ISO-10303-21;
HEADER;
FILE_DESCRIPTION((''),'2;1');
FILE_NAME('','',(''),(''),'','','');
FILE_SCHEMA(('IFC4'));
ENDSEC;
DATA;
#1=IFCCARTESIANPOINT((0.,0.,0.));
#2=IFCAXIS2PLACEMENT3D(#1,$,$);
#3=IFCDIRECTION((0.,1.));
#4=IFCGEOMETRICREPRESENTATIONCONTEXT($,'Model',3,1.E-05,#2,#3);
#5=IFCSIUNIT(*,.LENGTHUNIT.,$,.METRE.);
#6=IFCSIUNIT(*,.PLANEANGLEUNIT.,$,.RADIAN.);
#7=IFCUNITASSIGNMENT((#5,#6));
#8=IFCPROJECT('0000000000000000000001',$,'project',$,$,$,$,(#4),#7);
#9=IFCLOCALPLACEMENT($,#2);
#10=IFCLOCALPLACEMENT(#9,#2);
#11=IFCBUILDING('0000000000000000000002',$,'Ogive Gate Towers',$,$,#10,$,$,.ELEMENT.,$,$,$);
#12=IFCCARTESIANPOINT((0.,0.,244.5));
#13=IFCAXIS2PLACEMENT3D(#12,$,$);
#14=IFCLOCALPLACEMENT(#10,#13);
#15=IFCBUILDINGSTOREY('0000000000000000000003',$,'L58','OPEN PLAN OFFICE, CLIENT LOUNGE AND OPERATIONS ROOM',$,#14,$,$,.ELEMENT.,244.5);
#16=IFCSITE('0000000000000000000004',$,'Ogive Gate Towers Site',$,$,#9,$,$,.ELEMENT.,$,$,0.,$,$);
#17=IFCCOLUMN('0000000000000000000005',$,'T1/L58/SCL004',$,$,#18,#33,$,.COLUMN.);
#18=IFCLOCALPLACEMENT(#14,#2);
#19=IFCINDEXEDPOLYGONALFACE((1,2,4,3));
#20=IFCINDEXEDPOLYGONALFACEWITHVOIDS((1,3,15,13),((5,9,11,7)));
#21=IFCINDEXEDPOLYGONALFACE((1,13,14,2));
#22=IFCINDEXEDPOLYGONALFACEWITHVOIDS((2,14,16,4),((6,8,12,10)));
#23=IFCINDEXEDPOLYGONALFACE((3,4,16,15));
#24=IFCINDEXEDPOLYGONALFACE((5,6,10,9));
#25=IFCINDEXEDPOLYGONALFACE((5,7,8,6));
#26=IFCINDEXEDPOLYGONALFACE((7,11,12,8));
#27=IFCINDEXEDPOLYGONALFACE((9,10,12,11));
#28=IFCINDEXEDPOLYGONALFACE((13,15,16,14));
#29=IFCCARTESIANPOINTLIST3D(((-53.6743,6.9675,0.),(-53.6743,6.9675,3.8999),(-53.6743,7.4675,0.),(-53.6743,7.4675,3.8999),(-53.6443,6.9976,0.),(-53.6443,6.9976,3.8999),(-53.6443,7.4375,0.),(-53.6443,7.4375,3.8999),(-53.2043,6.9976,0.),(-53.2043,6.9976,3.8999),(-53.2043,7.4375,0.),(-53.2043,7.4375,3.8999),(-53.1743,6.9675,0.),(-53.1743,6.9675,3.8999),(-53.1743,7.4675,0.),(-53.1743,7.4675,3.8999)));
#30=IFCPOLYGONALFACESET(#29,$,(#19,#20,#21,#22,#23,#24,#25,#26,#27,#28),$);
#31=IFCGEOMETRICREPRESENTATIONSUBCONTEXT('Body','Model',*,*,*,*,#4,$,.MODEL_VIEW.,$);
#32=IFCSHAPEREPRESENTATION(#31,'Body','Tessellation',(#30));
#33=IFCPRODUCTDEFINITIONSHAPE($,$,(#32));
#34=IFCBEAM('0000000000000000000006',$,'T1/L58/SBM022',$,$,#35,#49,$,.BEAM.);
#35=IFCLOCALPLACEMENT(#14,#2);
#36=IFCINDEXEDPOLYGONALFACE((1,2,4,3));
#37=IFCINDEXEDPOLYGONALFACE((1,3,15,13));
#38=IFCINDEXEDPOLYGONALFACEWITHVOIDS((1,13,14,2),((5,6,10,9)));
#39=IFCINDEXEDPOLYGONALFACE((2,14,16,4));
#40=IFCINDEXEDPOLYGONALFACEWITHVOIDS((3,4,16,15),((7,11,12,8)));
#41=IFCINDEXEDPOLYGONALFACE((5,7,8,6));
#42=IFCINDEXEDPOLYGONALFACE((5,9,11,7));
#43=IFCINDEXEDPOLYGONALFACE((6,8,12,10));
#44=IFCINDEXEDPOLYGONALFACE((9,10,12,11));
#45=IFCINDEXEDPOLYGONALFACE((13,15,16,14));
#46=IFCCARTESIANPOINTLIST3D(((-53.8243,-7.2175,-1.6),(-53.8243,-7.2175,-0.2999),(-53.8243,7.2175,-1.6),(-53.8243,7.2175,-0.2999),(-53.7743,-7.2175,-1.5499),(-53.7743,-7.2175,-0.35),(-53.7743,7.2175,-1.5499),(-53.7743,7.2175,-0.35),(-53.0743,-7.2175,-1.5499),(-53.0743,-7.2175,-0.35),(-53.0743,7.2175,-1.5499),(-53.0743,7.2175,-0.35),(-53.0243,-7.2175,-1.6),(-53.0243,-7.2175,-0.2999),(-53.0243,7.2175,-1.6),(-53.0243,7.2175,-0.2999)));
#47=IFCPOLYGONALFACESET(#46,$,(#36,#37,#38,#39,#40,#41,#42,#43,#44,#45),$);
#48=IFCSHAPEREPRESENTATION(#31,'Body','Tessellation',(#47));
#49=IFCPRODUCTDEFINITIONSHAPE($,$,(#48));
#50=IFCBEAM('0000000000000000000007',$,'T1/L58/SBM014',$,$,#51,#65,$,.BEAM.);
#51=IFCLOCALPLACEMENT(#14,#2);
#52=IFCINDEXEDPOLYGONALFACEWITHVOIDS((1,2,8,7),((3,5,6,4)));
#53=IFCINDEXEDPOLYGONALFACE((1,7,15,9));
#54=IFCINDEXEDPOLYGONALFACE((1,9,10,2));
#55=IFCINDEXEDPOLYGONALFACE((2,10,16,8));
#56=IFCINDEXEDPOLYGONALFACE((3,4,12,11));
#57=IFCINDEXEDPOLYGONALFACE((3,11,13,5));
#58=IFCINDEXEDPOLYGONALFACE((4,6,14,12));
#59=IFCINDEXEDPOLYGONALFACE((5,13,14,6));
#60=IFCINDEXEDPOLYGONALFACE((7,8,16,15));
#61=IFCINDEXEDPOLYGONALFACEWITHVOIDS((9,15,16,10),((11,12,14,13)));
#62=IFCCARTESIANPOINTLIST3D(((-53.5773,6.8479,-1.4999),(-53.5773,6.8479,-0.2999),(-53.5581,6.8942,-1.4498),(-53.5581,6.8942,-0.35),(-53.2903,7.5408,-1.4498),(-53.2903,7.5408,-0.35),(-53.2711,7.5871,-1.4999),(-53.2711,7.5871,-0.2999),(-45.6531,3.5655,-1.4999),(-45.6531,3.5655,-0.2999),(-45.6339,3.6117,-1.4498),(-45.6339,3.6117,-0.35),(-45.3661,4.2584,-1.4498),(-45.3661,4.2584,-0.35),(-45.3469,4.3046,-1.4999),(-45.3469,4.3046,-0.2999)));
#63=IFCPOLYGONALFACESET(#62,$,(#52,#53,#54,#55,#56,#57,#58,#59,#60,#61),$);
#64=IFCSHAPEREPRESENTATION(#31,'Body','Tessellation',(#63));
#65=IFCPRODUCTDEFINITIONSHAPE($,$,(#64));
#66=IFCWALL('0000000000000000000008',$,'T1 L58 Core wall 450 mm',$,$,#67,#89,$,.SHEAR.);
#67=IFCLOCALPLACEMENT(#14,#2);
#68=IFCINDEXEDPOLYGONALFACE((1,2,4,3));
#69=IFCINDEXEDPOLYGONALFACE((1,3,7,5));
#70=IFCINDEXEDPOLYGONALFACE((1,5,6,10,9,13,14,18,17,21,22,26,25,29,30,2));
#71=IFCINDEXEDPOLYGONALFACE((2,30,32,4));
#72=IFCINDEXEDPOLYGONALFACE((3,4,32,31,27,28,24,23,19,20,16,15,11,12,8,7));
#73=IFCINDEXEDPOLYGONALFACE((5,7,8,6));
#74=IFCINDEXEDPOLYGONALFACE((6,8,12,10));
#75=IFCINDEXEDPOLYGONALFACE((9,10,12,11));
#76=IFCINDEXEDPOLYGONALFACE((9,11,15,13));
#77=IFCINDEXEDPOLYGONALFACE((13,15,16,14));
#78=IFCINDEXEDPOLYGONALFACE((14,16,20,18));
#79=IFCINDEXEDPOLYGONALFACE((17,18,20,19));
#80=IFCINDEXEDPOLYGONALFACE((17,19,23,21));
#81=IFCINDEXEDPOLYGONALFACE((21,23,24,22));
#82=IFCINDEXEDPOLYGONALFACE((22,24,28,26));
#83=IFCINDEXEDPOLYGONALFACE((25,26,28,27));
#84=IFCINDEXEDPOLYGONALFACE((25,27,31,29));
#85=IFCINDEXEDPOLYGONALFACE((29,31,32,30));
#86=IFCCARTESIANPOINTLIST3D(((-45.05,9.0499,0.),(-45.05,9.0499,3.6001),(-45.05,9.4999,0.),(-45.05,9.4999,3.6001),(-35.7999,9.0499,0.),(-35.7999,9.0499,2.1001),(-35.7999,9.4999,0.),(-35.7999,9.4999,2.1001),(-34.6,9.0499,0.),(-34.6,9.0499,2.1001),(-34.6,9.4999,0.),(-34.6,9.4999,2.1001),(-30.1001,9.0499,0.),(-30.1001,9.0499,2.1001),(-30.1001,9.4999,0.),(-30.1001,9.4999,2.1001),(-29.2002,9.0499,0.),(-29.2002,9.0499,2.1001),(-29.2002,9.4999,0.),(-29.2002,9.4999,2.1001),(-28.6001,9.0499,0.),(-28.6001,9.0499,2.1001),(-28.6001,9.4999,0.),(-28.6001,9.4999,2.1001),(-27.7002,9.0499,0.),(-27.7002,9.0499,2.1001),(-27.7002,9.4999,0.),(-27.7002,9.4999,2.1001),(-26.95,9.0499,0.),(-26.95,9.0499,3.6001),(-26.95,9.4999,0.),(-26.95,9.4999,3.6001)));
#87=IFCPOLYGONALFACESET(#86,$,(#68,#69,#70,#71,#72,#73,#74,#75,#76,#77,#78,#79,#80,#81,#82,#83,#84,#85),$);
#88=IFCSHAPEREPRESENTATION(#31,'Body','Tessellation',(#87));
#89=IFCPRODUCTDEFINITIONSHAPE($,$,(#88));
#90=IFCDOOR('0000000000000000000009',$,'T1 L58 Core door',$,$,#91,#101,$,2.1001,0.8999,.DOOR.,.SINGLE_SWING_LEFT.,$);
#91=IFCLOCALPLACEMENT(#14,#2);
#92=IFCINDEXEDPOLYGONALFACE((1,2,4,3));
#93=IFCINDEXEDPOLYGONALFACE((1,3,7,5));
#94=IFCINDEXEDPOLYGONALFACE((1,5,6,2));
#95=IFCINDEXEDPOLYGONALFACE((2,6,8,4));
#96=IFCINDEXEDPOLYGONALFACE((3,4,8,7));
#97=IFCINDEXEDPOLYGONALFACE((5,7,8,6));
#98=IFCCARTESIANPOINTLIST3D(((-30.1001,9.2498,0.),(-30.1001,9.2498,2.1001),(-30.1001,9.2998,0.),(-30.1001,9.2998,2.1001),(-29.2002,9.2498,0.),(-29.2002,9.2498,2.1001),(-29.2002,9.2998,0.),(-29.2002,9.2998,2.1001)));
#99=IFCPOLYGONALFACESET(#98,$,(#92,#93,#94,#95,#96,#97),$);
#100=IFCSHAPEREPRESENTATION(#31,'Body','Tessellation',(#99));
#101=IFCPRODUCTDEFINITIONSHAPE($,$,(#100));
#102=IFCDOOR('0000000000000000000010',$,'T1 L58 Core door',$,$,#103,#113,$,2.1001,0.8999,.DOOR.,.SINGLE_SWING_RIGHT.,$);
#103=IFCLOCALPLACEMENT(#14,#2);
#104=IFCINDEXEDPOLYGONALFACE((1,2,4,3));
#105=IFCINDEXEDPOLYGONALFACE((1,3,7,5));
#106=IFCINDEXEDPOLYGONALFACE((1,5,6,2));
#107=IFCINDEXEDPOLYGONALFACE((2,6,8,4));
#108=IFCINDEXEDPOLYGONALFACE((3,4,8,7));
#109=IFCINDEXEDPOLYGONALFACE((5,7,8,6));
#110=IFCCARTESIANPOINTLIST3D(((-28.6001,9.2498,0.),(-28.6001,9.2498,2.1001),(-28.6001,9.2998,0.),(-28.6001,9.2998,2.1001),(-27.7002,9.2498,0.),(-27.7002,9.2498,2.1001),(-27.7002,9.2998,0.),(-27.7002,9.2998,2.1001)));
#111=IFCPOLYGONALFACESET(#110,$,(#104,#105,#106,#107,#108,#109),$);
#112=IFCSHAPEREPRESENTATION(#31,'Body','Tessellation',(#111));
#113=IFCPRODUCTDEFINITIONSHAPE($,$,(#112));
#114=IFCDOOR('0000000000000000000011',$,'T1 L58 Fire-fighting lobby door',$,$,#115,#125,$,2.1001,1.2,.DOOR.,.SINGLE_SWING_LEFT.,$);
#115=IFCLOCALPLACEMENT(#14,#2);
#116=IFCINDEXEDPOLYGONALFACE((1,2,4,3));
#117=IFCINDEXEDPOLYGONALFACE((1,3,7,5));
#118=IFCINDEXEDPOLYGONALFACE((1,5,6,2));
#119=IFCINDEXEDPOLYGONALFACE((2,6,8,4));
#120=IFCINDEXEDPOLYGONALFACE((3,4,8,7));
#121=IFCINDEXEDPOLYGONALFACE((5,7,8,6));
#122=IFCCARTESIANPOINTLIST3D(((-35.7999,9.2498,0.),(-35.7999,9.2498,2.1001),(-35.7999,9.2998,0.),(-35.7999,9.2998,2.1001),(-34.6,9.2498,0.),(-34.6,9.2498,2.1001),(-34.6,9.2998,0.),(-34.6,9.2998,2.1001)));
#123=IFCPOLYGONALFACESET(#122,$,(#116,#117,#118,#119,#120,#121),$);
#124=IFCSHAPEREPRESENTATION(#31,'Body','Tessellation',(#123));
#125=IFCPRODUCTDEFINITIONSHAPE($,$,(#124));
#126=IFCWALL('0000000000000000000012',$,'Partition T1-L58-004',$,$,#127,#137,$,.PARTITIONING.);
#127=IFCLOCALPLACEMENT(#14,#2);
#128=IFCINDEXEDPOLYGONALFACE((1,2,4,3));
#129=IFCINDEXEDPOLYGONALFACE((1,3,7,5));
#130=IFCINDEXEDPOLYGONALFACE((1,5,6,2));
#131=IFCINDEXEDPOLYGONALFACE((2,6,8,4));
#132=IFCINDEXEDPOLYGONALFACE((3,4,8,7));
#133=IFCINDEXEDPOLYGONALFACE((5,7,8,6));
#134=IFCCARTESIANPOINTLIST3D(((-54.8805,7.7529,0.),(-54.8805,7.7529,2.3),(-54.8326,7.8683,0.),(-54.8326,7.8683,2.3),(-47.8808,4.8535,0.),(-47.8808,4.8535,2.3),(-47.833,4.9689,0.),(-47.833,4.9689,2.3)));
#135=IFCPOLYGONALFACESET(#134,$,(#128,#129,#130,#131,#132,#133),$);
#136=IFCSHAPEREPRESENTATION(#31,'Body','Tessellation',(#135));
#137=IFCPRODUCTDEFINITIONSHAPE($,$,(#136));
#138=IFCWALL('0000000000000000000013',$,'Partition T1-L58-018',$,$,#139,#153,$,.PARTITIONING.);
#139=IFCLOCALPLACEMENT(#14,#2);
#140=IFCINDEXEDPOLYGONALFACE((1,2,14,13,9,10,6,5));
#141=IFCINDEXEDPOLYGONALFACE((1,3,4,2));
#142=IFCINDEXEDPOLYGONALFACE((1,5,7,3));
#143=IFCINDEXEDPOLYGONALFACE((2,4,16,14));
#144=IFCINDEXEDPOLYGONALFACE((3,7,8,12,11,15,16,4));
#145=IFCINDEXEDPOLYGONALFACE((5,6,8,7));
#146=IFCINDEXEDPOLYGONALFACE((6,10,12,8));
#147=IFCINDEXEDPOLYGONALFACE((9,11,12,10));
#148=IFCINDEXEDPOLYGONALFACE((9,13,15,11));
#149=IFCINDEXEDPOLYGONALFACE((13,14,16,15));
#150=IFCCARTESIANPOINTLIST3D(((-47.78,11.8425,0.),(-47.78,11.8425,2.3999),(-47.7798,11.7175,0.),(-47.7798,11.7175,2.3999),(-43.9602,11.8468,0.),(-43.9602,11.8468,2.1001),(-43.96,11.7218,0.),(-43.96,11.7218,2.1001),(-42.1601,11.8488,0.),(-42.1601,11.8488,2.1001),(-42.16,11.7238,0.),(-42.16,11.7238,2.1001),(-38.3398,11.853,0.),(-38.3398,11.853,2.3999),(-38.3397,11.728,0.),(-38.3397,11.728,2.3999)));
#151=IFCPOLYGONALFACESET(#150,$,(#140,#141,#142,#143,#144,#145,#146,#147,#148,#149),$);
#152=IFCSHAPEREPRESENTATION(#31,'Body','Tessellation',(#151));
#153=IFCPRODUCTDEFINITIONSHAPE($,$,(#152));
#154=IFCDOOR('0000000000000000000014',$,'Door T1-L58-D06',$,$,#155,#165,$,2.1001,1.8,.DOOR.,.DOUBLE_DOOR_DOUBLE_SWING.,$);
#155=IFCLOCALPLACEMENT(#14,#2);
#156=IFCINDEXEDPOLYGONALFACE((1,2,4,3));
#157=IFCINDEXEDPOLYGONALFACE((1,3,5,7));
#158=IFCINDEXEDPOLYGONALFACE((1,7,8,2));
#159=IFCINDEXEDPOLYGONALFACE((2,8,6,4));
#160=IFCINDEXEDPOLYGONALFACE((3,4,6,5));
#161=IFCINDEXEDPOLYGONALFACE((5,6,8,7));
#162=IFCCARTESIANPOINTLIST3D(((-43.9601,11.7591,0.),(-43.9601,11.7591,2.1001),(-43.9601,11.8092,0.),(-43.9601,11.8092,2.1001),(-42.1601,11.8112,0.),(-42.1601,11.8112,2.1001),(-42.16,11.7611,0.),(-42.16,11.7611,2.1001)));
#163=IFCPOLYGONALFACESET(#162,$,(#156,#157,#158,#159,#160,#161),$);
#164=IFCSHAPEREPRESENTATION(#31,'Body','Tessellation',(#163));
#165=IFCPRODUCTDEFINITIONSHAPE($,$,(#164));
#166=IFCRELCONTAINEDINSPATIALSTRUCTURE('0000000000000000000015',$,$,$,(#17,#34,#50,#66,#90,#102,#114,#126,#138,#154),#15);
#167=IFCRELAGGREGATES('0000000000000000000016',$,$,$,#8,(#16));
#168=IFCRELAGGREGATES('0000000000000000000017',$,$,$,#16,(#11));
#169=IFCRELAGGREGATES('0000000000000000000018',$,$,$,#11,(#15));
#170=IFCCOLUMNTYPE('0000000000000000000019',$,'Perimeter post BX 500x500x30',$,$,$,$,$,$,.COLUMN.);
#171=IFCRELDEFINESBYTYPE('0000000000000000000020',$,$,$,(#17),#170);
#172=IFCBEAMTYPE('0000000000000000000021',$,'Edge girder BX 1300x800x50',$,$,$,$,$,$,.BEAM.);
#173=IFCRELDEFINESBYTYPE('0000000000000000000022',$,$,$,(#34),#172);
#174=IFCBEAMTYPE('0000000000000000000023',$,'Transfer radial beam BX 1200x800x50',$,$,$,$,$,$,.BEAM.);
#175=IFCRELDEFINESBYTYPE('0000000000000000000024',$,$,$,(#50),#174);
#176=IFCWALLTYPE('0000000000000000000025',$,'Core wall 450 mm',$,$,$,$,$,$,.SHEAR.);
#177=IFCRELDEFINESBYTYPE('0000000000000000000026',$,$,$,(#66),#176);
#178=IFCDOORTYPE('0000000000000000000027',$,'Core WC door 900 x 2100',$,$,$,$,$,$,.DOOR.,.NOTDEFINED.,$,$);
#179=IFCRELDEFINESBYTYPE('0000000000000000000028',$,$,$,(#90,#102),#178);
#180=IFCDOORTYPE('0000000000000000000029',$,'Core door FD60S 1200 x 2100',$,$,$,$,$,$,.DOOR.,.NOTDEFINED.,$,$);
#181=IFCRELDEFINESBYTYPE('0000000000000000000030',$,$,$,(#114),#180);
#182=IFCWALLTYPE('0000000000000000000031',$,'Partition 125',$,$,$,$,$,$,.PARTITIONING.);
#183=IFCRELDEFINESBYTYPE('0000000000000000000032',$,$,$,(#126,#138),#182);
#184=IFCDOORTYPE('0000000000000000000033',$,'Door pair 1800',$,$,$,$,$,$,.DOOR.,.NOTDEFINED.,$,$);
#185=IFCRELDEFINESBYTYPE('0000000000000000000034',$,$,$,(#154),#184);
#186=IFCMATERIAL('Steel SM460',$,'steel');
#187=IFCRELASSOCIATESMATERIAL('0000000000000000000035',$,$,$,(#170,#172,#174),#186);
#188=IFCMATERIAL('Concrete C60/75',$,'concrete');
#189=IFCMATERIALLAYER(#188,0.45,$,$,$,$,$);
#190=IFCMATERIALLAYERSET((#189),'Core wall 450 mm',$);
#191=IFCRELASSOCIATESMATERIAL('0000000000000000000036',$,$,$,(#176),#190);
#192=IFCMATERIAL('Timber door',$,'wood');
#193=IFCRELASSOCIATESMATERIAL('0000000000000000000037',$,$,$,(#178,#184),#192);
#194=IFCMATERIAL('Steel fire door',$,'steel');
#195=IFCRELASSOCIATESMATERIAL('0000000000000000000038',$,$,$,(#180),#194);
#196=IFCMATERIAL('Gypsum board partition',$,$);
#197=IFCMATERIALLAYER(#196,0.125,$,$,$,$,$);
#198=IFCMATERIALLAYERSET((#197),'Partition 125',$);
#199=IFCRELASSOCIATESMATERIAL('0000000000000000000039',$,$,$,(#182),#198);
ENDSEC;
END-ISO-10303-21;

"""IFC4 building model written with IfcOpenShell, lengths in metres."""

from ifc_helpers import new_model, si_unit, direction, frame, frame_2d, origin, origin_2d, place, context, subcontext, project, spatial, rectangle, hollow_rectangle, extrude, material, layer, layer_set, material_profile, profile_set, type_object, element, fill, save


model = new_model("IFC4")

# Units and contexts
model_context = context("Model", 3, precision=1e-05, world=origin(), true_north=direction((0.0, 1.0)))
body_context = subcontext(model_context, "Body", "Model", "MODEL_VIEW")
ifc_project = project(units=[si_unit("LENGTHUNIT", "METRE"), si_unit("PLANEANGLEUNIT", "RADIAN")], contexts=[model_context])

# Site, building, storey
site_placement = place(None, origin())
site = spatial("IfcSite", under=ifc_project, at=site_placement, Name="Ogive Gate Towers Site", CompositionType="ELEMENT", RefElevation=0.0)
building_placement = place(site_placement, origin())
building = spatial("IfcBuilding", under=site, at=building_placement, Name="Ogive Gate Towers", CompositionType="ELEMENT")
storey_placement = place(building_placement, frame((0.0, 0.0, 244.5)))
storey = spatial("IfcBuildingStorey", under=building, at=storey_placement, Name="L58", Description="OPEN PLAN OFFICE, CLIENT LOUNGE AND OPERATIONS ROOM", CompositionType="ELEMENT", Elevation=244.5)

# Column
ifc_material_1 = material(Name="Steel SM460", Category="steel")
ifc_material_profile_1 = material_profile(ifc_material_1, hollow_rectangle(XDim=0.5, YDim=0.5, WallThickness=0.03, at=origin_2d()), Name="BX 500x500x30")
ifc_profile_set_1 = profile_set([ifc_material_profile_1], Name="Steel SM460")
column_type = type_object("IfcColumnType", Name="Perimeter post BX 500x500x30", PredefinedType="COLUMN", material=ifc_profile_set_1)
column_placement = place(storey_placement, frame((-53.4243, 7.2175, 0.0), z_axis=(0.0, 0.0, 1.0), x_axis=(1.0, 0.0, 0.0)))
element("IfcColumn", 1, at=column_placement, inside=storey, type_object=column_type, Name="T1/L58/SCL004", PredefinedType="COLUMN", context=body_context, shape_type="SweptSolid", body=[
    extrude(hollow_rectangle(XDim=0.5, YDim=0.5, WallThickness=0.03, at=origin_2d()), origin(), (0.0, 0.0, 1.0), 3.8999),
])

# Beams
ifc_material_profile_2 = material_profile(ifc_material_1, hollow_rectangle(XDim=0.8, YDim=1.3, WallThickness=0.05, at=origin_2d()), Name="BX 1300x800x50")
ifc_profile_set_2 = profile_set([ifc_material_profile_2], Name="Steel SM460")
beam_type_1 = type_object("IfcBeamType", Name="Edge girder BX 1300x800x50", PredefinedType="BEAM", material=ifc_profile_set_2)
beam_1_placement = place(storey_placement, frame((-53.4243, 7.2175, -0.95), z_axis=(0.0, -1.0, 0.0), x_axis=(1.0, 0.0, 0.0)))
element("IfcBeam", 2, at=beam_1_placement, inside=storey, type_object=beam_type_1, Name="T1/L58/SBM022", PredefinedType="BEAM", context=body_context, shape_type="SweptSolid", body=[
    extrude(hollow_rectangle(XDim=0.8, YDim=1.3, WallThickness=0.05, at=origin_2d()), origin(), (0.0, 0.0, 1.0), 14.4351),
])
ifc_material_profile_3 = material_profile(ifc_material_1, hollow_rectangle(XDim=0.8, YDim=1.2, WallThickness=0.05, at=origin_2d()), Name="BX 1200x800x50")
ifc_profile_set_3 = profile_set([ifc_material_profile_3], Name="Steel SM460")
beam_type_2 = type_object("IfcBeamType", Name="Transfer radial beam BX 1200x800x50", PredefinedType="BEAM", material=ifc_profile_set_3)
beam_2_placement = place(storey_placement, frame((-45.5, 3.9351, -0.8999), z_axis=(-0.923875, 0.382695, 0.0), x_axis=(-0.382695, -0.923875, 0.0)))
element("IfcBeam", 3, at=beam_2_placement, inside=storey, type_object=beam_type_2, Name="T1/L58/SBM014", PredefinedType="BEAM", context=body_context, shape_type="SweptSolid", body=[
    extrude(hollow_rectangle(XDim=0.8, YDim=1.2, WallThickness=0.05, at=origin_2d()), origin(), (0.0, 0.0, 1.0), 8.5771),
])

# Wall, openings, doors
ifc_material_2 = material(Name="Concrete C60/75", Category="concrete")
ifc_layer_1 = layer(ifc_material_2, 0.45)
ifc_layer_set_1 = layer_set([ifc_layer_1], Name="Core wall 450 mm")
wall_type_1 = type_object("IfcWallType", Name="Core wall 450 mm", PredefinedType="SHEAR", material=ifc_layer_set_1)
wall_1_placement = place(storey_placement, frame((-45.05, 9.2749, 0.0), z_axis=(0.0, 0.0, 1.0), x_axis=(1.0, 0.0, 0.0)))
wall_1 = element("IfcWall", 4, at=wall_1_placement, inside=storey, type_object=wall_type_1, Name="T1 L58 Core wall 450 mm", PredefinedType="SHEAR", context=body_context, shape_type="SweptSolid", body=[
    extrude(rectangle(XDim=18.1001, YDim=0.45, at=frame_2d((9.05, 0.0))), origin(), (0.0, 0.0, 1.0), 3.6001),
])
opening_1_placement = place(wall_1_placement, frame((9.25, 0.0, 0.0)))
opening_1 = element("IfcOpeningElement", 5, at=opening_1_placement, cuts=wall_1, PredefinedType="OPENING", context=body_context, shape_type="SweptSolid", body=[
    extrude(rectangle(XDim=1.2, YDim=2.1001, at=frame_2d((0.6001, 1.05))), frame((0.0, 0.2349, 0.0), z_axis=(0.0, -1.0, 0.0), x_axis=(1.0, 0.0, 0.0)), (0.0, 0.0, 1.0), 0.47),
])
opening_2_placement = place(wall_1_placement, frame((14.95, 0.0, 0.0)))
opening_2 = element("IfcOpeningElement", 6, at=opening_2_placement, cuts=wall_1, PredefinedType="OPENING", context=body_context, shape_type="SweptSolid", body=[
    extrude(rectangle(XDim=0.8999, YDim=2.1001, at=frame_2d((0.45, 1.05))), frame((0.0, 0.2349, 0.0), z_axis=(0.0, -1.0, 0.0), x_axis=(1.0, 0.0, 0.0)), (0.0, 0.0, 1.0), 0.47),
])
opening_3_placement = place(wall_1_placement, frame((16.45, 0.0, 0.0)))
opening_3 = element("IfcOpeningElement", 7, at=opening_3_placement, cuts=wall_1, PredefinedType="OPENING", context=body_context, shape_type="SweptSolid", body=[
    extrude(rectangle(XDim=0.8999, YDim=2.1001, at=frame_2d((0.45, 1.05))), frame((0.0, 0.2349, 0.0), z_axis=(0.0, -1.0, 0.0), x_axis=(1.0, 0.0, 0.0)), (0.0, 0.0, 1.0), 0.47),
])
ifc_material_3 = material(Name="Timber door", Category="wood")
door_type_1 = type_object("IfcDoorType", Name="Core WC door 900 x 2100", OperationType="NOTDEFINED", PredefinedType="DOOR", material=ifc_material_3)
door_1_placement = place(opening_2_placement, origin())
door_1 = element("IfcDoor", 8, at=door_1_placement, inside=storey, type_object=door_type_1, Name="T1 L58 Core door", OperationType="SINGLE_SWING_LEFT", OverallHeight=2.1001, OverallWidth=0.8999, PredefinedType="DOOR", context=body_context, shape_type="SweptSolid", body=[
    extrude(rectangle(XDim=0.8999, YDim=2.1001, at=frame_2d((0.45, 1.05))), frame((0.0, 0.0249, 0.0), z_axis=(0.0, -1.0, 0.0), x_axis=(1.0, 0.0, 0.0)), (0.0, 0.0, 1.0), 0.05),
])
fill(opening_2, door_1)
door_2_placement = place(opening_3_placement, origin())
door_2 = element("IfcDoor", 9, at=door_2_placement, inside=storey, type_object=door_type_1, Name="T1 L58 Core door", OperationType="SINGLE_SWING_RIGHT", OverallHeight=2.1001, OverallWidth=0.8999, PredefinedType="DOOR", context=body_context, shape_type="SweptSolid", body=[
    extrude(rectangle(XDim=0.8999, YDim=2.1001, at=frame_2d((0.45, 1.05))), frame((0.0, 0.0249, 0.0), z_axis=(0.0, -1.0, 0.0), x_axis=(1.0, 0.0, 0.0)), (0.0, 0.0, 1.0), 0.05),
])
fill(opening_3, door_2)
ifc_material_4 = material(Name="Steel fire door", Category="steel")
door_type_2 = type_object("IfcDoorType", Name="Core door FD60S 1200 x 2100", OperationType="NOTDEFINED", PredefinedType="DOOR", material=ifc_material_4)
door_3_placement = place(opening_1_placement, origin())
door_3 = element("IfcDoor", 10, at=door_3_placement, inside=storey, type_object=door_type_2, Name="T1 L58 Fire-fighting lobby door", OperationType="SINGLE_SWING_LEFT", OverallHeight=2.1001, OverallWidth=1.2, PredefinedType="DOOR", context=body_context, shape_type="SweptSolid", body=[
    extrude(rectangle(XDim=1.2, YDim=2.1001, at=frame_2d((0.6001, 1.05))), frame((0.0, 0.0249, 0.0), z_axis=(0.0, -1.0, 0.0), x_axis=(1.0, 0.0, 0.0)), (0.0, 0.0, 1.0), 0.05),
])
fill(opening_1, door_3)

# Wall
ifc_material_5 = material(Name="Gypsum board partition")
ifc_layer_2 = layer(ifc_material_5, 0.125)
ifc_layer_set_2 = layer_set([ifc_layer_2], Name="Partition 125")
wall_type_2 = type_object("IfcWallType", Name="Partition 125", PredefinedType="PARTITIONING", material=ifc_layer_set_2)
wall_2_placement = place(storey_placement, frame((-54.8564, 7.8105, 0.0), z_axis=(0.0, 0.0, 1.0), x_axis=(0.923879, -0.382686, 0.0)))
element("IfcWall", 11, at=wall_2_placement, inside=storey, type_object=wall_type_2, Name="Partition T1-L58-004", PredefinedType="PARTITIONING", context=body_context, shape_type="SweptSolid", body=[
    extrude(rectangle(XDim=7.5764, YDim=0.125, at=frame_2d((3.7881, 0.0))), origin(), (0.0, 0.0, 1.0), 2.3),
])

# Wall, opening, door
wall_3_placement = place(storey_placement, frame((-47.78, 11.78, 0.0), z_axis=(0.0, 0.0, 1.0), x_axis=(0.999999, 0.001112, 0.0)))
wall_3 = element("IfcWall", 12, at=wall_3_placement, inside=storey, type_object=wall_type_2, Name="Partition T1-L58-018", PredefinedType="PARTITIONING", context=body_context, shape_type="SweptSolid", body=[
    extrude(rectangle(XDim=9.4402, YDim=0.125, at=frame_2d((4.7202, 0.0))), origin(), (0.0, 0.0, 1.0), 2.3999),
])
opening_4_placement = place(wall_3_placement, frame((3.8201, 0.0, 0.0)))
opening_4 = element("IfcOpeningElement", 13, at=opening_4_placement, cuts=wall_3, PredefinedType="OPENING", context=body_context, shape_type="SweptSolid", body=[
    extrude(rectangle(XDim=1.8, YDim=2.1001, at=frame_2d((0.8999, 1.05))), frame((0.0, 0.0725, 0.0), z_axis=(0.0, -1.0, 0.0), x_axis=(1.0, 0.0, 0.0)), (0.0, 0.0, 1.0), 0.145),
])
door_type_3 = type_object("IfcDoorType", Name="Door pair 1800", OperationType="NOTDEFINED", PredefinedType="DOOR", material=ifc_material_3)
door_4_placement = place(opening_4_placement, origin())
door_4 = element("IfcDoor", 14, at=door_4_placement, inside=storey, type_object=door_type_3, Name="Door T1-L58-D06", OperationType="DOUBLE_DOOR_DOUBLE_SWING", OverallHeight=2.1001, OverallWidth=1.8, PredefinedType="DOOR", context=body_context, shape_type="SweptSolid", body=[
    extrude(rectangle(XDim=1.8, YDim=2.1001, at=frame_2d((0.8999, 1.05))), frame((0.0, 0.0249, 0.0), z_axis=(0.0, -1.0, 0.0), x_axis=(1.0, 0.0, 0.0)), (0.0, 0.0, 1.0), 0.05),
])
fill(opening_4, door_4)

save(model, "model.ifc")
